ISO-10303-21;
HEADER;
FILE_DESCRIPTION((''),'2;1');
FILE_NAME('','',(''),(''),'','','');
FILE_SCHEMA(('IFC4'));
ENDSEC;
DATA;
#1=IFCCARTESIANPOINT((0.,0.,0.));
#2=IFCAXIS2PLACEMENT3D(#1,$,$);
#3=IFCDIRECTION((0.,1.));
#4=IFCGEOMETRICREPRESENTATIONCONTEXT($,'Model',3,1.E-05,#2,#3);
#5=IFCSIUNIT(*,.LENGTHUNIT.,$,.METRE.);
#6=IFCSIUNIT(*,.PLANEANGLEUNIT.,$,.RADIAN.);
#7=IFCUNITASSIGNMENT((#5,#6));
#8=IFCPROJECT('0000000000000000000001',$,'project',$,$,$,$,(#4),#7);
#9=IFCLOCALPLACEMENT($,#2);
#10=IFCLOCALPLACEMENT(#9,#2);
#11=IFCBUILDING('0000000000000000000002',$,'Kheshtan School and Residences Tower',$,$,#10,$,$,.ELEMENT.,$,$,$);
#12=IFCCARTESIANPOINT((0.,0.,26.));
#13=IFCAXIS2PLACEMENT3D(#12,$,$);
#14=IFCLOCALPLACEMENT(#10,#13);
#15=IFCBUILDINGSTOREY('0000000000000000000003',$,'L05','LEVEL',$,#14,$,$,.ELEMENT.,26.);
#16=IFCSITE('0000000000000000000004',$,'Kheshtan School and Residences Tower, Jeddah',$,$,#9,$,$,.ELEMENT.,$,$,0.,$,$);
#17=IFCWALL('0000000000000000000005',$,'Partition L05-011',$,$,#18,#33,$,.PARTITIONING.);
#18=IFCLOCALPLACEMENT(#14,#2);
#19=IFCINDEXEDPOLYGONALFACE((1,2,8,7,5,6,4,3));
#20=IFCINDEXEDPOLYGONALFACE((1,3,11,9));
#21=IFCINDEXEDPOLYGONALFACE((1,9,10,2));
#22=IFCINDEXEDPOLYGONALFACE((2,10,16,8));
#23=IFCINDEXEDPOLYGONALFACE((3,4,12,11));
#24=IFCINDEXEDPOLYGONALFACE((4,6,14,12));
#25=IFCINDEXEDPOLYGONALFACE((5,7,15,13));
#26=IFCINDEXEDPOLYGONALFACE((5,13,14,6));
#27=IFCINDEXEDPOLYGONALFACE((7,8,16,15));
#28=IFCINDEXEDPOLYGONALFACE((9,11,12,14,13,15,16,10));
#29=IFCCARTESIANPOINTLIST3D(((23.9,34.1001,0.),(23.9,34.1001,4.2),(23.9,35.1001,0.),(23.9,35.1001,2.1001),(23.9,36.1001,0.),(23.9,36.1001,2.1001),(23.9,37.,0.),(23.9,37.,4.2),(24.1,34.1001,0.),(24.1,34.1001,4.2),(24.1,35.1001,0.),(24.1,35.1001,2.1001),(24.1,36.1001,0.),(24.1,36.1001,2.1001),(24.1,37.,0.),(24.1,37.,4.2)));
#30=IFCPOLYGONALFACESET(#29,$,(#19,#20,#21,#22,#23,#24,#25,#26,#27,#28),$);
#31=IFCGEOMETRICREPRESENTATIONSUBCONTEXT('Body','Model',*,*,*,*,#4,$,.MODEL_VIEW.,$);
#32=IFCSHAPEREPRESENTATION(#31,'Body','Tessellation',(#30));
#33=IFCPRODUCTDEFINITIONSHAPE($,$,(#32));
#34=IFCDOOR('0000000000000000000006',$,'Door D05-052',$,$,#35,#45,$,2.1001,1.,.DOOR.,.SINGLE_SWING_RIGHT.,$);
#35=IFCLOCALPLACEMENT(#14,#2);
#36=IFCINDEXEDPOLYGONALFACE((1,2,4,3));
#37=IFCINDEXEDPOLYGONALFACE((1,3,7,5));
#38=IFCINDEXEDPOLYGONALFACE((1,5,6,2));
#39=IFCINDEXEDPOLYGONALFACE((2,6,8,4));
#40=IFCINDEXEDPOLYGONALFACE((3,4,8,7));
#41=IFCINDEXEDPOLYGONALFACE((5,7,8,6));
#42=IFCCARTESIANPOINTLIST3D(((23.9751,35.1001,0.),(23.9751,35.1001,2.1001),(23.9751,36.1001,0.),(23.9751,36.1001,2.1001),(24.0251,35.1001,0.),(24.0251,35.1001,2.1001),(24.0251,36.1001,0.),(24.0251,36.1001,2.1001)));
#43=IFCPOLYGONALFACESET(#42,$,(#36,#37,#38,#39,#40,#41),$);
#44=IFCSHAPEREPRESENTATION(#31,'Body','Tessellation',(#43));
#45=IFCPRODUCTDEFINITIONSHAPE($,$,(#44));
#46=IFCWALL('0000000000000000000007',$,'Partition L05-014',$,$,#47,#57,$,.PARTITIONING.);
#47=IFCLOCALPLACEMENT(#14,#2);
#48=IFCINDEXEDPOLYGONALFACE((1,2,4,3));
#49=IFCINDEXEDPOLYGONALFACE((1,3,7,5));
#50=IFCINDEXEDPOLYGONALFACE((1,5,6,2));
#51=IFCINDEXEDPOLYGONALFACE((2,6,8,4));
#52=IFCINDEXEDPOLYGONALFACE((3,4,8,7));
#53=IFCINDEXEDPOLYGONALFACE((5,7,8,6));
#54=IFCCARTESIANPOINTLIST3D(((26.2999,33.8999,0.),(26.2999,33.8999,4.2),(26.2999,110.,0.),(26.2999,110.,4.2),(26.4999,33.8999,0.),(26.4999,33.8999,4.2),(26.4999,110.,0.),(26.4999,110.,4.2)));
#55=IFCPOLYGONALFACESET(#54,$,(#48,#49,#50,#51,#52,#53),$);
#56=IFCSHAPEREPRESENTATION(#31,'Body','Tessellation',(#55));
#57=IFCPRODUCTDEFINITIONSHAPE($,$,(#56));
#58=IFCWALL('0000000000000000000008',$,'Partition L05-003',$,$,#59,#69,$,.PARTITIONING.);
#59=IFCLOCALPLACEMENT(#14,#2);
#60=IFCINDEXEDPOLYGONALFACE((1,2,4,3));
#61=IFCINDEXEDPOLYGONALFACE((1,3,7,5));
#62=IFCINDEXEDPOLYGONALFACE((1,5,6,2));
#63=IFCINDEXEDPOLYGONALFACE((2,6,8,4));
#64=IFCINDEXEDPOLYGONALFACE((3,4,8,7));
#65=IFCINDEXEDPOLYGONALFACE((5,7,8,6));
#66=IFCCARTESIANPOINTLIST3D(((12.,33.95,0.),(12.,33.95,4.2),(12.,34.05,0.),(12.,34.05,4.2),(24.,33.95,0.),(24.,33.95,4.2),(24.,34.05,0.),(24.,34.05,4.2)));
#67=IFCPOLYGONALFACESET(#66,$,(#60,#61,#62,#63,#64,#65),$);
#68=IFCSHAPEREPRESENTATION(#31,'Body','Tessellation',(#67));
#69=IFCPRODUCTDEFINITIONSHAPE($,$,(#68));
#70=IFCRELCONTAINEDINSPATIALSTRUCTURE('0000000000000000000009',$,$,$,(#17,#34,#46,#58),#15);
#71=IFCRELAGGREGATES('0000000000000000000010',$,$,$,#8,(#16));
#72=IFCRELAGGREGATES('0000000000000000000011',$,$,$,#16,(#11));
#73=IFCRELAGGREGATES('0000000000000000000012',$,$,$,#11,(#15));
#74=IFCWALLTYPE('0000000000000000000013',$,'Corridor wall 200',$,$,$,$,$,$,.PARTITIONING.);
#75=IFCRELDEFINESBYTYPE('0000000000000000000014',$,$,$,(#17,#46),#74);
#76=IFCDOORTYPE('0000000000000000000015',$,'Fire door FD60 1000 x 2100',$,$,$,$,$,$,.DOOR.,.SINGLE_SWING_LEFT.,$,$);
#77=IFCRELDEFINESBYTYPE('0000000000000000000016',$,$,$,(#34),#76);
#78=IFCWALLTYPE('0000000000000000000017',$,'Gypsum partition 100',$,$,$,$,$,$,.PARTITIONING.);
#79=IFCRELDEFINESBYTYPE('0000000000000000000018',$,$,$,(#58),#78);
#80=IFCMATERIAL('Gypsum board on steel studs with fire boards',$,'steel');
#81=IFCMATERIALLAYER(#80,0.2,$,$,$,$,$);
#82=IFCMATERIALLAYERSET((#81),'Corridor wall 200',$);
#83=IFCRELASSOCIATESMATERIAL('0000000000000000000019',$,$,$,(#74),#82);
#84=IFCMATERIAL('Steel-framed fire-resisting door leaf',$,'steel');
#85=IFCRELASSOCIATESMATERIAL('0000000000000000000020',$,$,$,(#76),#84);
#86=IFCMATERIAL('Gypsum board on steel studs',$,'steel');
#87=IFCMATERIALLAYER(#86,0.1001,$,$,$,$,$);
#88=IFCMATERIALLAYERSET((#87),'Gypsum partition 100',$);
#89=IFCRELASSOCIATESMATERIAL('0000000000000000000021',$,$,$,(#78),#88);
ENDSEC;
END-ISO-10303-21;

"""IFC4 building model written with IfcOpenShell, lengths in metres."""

from ifc_helpers import new_model, si_unit, direction, frame, frame_2d, origin, place, context, subcontext, project, spatial, rectangle, extrude, source, transform, mapped, material, layer, layer_set, type_object, element, fill, save


model = new_model("IFC4")

# Units and contexts
model_context = context("Model", 3, precision=1e-05, world=origin(), true_north=direction((0.0, 1.0)))
body_context = subcontext(model_context, "Body", "Model", "MODEL_VIEW")
ifc_project = project(units=[si_unit("LENGTHUNIT", "METRE"), si_unit("PLANEANGLEUNIT", "RADIAN")], contexts=[model_context])

# Site, building, storey
site_placement = place(None, origin())
site = spatial("IfcSite", under=ifc_project, at=site_placement, Name="Kheshtan School and Residences Tower, Jeddah", CompositionType="ELEMENT", RefElevation=0.0)
building_placement = place(site_placement, origin())
building = spatial("IfcBuilding", under=site, at=building_placement, Name="Kheshtan School and Residences Tower", CompositionType="ELEMENT")
storey_placement = place(building_placement, frame((0.0, 0.0, 26.0)))
storey = spatial("IfcBuildingStorey", under=building, at=storey_placement, Name="L05", Description="LEVEL", CompositionType="ELEMENT", Elevation=26.0)

# Shared definitions
ifc_material_1 = material(Name="Gypsum board on steel studs with fire boards", Category="steel")
ifc_layer_1 = layer(ifc_material_1, 0.2)
ifc_layer_set_1 = layer_set([ifc_layer_1], Name="Corridor wall 200")
wall_type_1 = type_object("IfcWallType", Name="Corridor wall 200", PredefinedType="PARTITIONING", material=ifc_layer_set_1)

# Wall, opening, door
wall_1_placement = place(storey_placement, frame((24.0, 34.1001, 0.0), z_axis=(0.0, 0.0, 1.0), x_axis=(0.0, 1.0, 0.0)))
wall_1 = element("IfcWall", 1, at=wall_1_placement, inside=storey, type_object=wall_type_1, Name="Partition L05-011", PredefinedType="PARTITIONING", context=body_context, shape_type="SweptSolid", body=[
    extrude(rectangle(XDim=2.8999, YDim=0.2, at=frame_2d((1.45, 0.0))), origin(), (0.0, 0.0, 1.0), 4.2),
])
opening_placement = place(wall_1_placement, frame((1.0, 0.0, 0.0)))
opening = element("IfcOpeningElement", 2, at=opening_placement, cuts=wall_1, PredefinedType="OPENING", context=body_context, shape_type="SweptSolid", body=[
    extrude(rectangle(XDim=1.0, YDim=2.1001, at=frame_2d((0.5, 1.05))), frame((0.0, 0.1099, 0.0), z_axis=(0.0, -1.0, 0.0), x_axis=(1.0, 0.0, 0.0)), (0.0, 0.0, 1.0), 0.22),
])
ifc_material_2 = material(Name="Steel-framed fire-resisting door leaf", Category="steel")
door_type = type_object("IfcDoorType", Name="Fire door FD60 1000 x 2100", OperationType="SINGLE_SWING_LEFT", PredefinedType="DOOR", material=ifc_material_2)
shared_shape = source(origin(), body_context, "Body", "SweptSolid", [
    extrude(rectangle(XDim=1.0, YDim=2.1001, at=frame_2d((0.5, 1.05))), frame((0.0, 0.0249, 0.0), z_axis=(0.0, -1.0, 0.0), x_axis=(1.0, 0.0, 0.0)), (0.0, 0.0, 1.0), 0.05),
])
door_placement = place(opening_placement, origin())
door = element("IfcDoor", 3, at=door_placement, inside=storey, type_object=door_type, Name="Door D05-052", OperationType="SINGLE_SWING_RIGHT", OverallHeight=2.1001, OverallWidth=1.0, PredefinedType="DOOR", context=body_context, shape_type="MappedRepresentation", body=[
    mapped(shared_shape, transform((0.0, 0.0, 0.0), x_axis=(1.0, 0.0, 0.0), y_axis=(0.0, 1.0, 0.0), z_axis=(0.0, 0.0, 1.0), scale=1.0)),
])
fill(opening, door)

# Walls
wall_2_placement = place(storey_placement, frame((26.3999, 33.8999, 0.0), z_axis=(0.0, 0.0, 1.0), x_axis=(0.0, 1.0, 0.0)))
element("IfcWall", 4, at=wall_2_placement, inside=storey, type_object=wall_type_1, Name="Partition L05-014", PredefinedType="PARTITIONING", context=body_context, shape_type="SweptSolid", body=[
    extrude(rectangle(XDim=76.1001, YDim=0.2, at=frame_2d((38.05, 0.0))), origin(), (0.0, 0.0, 1.0), 4.2),
])
ifc_material_3 = material(Name="Gypsum board on steel studs", Category="steel")
ifc_layer_2 = layer(ifc_material_3, 0.1001)
ifc_layer_set_2 = layer_set([ifc_layer_2], Name="Gypsum partition 100")
wall_type_2 = type_object("IfcWallType", Name="Gypsum partition 100", PredefinedType="PARTITIONING", material=ifc_layer_set_2)
wall_3_placement = place(storey_placement, frame((12.0, 34.0, 0.0), z_axis=(0.0, 0.0, 1.0), x_axis=(1.0, 0.0, 0.0)))
element("IfcWall", 5, at=wall_3_placement, inside=storey, type_object=wall_type_2, Name="Partition L05-003", PredefinedType="PARTITIONING", context=body_context, shape_type="SweptSolid", body=[
    extrude(rectangle(XDim=12.0, YDim=0.1001, at=frame_2d((6.0, 0.0))), origin(), (0.0, 0.0, 1.0), 4.2),
])

save(model, "model.ifc")
